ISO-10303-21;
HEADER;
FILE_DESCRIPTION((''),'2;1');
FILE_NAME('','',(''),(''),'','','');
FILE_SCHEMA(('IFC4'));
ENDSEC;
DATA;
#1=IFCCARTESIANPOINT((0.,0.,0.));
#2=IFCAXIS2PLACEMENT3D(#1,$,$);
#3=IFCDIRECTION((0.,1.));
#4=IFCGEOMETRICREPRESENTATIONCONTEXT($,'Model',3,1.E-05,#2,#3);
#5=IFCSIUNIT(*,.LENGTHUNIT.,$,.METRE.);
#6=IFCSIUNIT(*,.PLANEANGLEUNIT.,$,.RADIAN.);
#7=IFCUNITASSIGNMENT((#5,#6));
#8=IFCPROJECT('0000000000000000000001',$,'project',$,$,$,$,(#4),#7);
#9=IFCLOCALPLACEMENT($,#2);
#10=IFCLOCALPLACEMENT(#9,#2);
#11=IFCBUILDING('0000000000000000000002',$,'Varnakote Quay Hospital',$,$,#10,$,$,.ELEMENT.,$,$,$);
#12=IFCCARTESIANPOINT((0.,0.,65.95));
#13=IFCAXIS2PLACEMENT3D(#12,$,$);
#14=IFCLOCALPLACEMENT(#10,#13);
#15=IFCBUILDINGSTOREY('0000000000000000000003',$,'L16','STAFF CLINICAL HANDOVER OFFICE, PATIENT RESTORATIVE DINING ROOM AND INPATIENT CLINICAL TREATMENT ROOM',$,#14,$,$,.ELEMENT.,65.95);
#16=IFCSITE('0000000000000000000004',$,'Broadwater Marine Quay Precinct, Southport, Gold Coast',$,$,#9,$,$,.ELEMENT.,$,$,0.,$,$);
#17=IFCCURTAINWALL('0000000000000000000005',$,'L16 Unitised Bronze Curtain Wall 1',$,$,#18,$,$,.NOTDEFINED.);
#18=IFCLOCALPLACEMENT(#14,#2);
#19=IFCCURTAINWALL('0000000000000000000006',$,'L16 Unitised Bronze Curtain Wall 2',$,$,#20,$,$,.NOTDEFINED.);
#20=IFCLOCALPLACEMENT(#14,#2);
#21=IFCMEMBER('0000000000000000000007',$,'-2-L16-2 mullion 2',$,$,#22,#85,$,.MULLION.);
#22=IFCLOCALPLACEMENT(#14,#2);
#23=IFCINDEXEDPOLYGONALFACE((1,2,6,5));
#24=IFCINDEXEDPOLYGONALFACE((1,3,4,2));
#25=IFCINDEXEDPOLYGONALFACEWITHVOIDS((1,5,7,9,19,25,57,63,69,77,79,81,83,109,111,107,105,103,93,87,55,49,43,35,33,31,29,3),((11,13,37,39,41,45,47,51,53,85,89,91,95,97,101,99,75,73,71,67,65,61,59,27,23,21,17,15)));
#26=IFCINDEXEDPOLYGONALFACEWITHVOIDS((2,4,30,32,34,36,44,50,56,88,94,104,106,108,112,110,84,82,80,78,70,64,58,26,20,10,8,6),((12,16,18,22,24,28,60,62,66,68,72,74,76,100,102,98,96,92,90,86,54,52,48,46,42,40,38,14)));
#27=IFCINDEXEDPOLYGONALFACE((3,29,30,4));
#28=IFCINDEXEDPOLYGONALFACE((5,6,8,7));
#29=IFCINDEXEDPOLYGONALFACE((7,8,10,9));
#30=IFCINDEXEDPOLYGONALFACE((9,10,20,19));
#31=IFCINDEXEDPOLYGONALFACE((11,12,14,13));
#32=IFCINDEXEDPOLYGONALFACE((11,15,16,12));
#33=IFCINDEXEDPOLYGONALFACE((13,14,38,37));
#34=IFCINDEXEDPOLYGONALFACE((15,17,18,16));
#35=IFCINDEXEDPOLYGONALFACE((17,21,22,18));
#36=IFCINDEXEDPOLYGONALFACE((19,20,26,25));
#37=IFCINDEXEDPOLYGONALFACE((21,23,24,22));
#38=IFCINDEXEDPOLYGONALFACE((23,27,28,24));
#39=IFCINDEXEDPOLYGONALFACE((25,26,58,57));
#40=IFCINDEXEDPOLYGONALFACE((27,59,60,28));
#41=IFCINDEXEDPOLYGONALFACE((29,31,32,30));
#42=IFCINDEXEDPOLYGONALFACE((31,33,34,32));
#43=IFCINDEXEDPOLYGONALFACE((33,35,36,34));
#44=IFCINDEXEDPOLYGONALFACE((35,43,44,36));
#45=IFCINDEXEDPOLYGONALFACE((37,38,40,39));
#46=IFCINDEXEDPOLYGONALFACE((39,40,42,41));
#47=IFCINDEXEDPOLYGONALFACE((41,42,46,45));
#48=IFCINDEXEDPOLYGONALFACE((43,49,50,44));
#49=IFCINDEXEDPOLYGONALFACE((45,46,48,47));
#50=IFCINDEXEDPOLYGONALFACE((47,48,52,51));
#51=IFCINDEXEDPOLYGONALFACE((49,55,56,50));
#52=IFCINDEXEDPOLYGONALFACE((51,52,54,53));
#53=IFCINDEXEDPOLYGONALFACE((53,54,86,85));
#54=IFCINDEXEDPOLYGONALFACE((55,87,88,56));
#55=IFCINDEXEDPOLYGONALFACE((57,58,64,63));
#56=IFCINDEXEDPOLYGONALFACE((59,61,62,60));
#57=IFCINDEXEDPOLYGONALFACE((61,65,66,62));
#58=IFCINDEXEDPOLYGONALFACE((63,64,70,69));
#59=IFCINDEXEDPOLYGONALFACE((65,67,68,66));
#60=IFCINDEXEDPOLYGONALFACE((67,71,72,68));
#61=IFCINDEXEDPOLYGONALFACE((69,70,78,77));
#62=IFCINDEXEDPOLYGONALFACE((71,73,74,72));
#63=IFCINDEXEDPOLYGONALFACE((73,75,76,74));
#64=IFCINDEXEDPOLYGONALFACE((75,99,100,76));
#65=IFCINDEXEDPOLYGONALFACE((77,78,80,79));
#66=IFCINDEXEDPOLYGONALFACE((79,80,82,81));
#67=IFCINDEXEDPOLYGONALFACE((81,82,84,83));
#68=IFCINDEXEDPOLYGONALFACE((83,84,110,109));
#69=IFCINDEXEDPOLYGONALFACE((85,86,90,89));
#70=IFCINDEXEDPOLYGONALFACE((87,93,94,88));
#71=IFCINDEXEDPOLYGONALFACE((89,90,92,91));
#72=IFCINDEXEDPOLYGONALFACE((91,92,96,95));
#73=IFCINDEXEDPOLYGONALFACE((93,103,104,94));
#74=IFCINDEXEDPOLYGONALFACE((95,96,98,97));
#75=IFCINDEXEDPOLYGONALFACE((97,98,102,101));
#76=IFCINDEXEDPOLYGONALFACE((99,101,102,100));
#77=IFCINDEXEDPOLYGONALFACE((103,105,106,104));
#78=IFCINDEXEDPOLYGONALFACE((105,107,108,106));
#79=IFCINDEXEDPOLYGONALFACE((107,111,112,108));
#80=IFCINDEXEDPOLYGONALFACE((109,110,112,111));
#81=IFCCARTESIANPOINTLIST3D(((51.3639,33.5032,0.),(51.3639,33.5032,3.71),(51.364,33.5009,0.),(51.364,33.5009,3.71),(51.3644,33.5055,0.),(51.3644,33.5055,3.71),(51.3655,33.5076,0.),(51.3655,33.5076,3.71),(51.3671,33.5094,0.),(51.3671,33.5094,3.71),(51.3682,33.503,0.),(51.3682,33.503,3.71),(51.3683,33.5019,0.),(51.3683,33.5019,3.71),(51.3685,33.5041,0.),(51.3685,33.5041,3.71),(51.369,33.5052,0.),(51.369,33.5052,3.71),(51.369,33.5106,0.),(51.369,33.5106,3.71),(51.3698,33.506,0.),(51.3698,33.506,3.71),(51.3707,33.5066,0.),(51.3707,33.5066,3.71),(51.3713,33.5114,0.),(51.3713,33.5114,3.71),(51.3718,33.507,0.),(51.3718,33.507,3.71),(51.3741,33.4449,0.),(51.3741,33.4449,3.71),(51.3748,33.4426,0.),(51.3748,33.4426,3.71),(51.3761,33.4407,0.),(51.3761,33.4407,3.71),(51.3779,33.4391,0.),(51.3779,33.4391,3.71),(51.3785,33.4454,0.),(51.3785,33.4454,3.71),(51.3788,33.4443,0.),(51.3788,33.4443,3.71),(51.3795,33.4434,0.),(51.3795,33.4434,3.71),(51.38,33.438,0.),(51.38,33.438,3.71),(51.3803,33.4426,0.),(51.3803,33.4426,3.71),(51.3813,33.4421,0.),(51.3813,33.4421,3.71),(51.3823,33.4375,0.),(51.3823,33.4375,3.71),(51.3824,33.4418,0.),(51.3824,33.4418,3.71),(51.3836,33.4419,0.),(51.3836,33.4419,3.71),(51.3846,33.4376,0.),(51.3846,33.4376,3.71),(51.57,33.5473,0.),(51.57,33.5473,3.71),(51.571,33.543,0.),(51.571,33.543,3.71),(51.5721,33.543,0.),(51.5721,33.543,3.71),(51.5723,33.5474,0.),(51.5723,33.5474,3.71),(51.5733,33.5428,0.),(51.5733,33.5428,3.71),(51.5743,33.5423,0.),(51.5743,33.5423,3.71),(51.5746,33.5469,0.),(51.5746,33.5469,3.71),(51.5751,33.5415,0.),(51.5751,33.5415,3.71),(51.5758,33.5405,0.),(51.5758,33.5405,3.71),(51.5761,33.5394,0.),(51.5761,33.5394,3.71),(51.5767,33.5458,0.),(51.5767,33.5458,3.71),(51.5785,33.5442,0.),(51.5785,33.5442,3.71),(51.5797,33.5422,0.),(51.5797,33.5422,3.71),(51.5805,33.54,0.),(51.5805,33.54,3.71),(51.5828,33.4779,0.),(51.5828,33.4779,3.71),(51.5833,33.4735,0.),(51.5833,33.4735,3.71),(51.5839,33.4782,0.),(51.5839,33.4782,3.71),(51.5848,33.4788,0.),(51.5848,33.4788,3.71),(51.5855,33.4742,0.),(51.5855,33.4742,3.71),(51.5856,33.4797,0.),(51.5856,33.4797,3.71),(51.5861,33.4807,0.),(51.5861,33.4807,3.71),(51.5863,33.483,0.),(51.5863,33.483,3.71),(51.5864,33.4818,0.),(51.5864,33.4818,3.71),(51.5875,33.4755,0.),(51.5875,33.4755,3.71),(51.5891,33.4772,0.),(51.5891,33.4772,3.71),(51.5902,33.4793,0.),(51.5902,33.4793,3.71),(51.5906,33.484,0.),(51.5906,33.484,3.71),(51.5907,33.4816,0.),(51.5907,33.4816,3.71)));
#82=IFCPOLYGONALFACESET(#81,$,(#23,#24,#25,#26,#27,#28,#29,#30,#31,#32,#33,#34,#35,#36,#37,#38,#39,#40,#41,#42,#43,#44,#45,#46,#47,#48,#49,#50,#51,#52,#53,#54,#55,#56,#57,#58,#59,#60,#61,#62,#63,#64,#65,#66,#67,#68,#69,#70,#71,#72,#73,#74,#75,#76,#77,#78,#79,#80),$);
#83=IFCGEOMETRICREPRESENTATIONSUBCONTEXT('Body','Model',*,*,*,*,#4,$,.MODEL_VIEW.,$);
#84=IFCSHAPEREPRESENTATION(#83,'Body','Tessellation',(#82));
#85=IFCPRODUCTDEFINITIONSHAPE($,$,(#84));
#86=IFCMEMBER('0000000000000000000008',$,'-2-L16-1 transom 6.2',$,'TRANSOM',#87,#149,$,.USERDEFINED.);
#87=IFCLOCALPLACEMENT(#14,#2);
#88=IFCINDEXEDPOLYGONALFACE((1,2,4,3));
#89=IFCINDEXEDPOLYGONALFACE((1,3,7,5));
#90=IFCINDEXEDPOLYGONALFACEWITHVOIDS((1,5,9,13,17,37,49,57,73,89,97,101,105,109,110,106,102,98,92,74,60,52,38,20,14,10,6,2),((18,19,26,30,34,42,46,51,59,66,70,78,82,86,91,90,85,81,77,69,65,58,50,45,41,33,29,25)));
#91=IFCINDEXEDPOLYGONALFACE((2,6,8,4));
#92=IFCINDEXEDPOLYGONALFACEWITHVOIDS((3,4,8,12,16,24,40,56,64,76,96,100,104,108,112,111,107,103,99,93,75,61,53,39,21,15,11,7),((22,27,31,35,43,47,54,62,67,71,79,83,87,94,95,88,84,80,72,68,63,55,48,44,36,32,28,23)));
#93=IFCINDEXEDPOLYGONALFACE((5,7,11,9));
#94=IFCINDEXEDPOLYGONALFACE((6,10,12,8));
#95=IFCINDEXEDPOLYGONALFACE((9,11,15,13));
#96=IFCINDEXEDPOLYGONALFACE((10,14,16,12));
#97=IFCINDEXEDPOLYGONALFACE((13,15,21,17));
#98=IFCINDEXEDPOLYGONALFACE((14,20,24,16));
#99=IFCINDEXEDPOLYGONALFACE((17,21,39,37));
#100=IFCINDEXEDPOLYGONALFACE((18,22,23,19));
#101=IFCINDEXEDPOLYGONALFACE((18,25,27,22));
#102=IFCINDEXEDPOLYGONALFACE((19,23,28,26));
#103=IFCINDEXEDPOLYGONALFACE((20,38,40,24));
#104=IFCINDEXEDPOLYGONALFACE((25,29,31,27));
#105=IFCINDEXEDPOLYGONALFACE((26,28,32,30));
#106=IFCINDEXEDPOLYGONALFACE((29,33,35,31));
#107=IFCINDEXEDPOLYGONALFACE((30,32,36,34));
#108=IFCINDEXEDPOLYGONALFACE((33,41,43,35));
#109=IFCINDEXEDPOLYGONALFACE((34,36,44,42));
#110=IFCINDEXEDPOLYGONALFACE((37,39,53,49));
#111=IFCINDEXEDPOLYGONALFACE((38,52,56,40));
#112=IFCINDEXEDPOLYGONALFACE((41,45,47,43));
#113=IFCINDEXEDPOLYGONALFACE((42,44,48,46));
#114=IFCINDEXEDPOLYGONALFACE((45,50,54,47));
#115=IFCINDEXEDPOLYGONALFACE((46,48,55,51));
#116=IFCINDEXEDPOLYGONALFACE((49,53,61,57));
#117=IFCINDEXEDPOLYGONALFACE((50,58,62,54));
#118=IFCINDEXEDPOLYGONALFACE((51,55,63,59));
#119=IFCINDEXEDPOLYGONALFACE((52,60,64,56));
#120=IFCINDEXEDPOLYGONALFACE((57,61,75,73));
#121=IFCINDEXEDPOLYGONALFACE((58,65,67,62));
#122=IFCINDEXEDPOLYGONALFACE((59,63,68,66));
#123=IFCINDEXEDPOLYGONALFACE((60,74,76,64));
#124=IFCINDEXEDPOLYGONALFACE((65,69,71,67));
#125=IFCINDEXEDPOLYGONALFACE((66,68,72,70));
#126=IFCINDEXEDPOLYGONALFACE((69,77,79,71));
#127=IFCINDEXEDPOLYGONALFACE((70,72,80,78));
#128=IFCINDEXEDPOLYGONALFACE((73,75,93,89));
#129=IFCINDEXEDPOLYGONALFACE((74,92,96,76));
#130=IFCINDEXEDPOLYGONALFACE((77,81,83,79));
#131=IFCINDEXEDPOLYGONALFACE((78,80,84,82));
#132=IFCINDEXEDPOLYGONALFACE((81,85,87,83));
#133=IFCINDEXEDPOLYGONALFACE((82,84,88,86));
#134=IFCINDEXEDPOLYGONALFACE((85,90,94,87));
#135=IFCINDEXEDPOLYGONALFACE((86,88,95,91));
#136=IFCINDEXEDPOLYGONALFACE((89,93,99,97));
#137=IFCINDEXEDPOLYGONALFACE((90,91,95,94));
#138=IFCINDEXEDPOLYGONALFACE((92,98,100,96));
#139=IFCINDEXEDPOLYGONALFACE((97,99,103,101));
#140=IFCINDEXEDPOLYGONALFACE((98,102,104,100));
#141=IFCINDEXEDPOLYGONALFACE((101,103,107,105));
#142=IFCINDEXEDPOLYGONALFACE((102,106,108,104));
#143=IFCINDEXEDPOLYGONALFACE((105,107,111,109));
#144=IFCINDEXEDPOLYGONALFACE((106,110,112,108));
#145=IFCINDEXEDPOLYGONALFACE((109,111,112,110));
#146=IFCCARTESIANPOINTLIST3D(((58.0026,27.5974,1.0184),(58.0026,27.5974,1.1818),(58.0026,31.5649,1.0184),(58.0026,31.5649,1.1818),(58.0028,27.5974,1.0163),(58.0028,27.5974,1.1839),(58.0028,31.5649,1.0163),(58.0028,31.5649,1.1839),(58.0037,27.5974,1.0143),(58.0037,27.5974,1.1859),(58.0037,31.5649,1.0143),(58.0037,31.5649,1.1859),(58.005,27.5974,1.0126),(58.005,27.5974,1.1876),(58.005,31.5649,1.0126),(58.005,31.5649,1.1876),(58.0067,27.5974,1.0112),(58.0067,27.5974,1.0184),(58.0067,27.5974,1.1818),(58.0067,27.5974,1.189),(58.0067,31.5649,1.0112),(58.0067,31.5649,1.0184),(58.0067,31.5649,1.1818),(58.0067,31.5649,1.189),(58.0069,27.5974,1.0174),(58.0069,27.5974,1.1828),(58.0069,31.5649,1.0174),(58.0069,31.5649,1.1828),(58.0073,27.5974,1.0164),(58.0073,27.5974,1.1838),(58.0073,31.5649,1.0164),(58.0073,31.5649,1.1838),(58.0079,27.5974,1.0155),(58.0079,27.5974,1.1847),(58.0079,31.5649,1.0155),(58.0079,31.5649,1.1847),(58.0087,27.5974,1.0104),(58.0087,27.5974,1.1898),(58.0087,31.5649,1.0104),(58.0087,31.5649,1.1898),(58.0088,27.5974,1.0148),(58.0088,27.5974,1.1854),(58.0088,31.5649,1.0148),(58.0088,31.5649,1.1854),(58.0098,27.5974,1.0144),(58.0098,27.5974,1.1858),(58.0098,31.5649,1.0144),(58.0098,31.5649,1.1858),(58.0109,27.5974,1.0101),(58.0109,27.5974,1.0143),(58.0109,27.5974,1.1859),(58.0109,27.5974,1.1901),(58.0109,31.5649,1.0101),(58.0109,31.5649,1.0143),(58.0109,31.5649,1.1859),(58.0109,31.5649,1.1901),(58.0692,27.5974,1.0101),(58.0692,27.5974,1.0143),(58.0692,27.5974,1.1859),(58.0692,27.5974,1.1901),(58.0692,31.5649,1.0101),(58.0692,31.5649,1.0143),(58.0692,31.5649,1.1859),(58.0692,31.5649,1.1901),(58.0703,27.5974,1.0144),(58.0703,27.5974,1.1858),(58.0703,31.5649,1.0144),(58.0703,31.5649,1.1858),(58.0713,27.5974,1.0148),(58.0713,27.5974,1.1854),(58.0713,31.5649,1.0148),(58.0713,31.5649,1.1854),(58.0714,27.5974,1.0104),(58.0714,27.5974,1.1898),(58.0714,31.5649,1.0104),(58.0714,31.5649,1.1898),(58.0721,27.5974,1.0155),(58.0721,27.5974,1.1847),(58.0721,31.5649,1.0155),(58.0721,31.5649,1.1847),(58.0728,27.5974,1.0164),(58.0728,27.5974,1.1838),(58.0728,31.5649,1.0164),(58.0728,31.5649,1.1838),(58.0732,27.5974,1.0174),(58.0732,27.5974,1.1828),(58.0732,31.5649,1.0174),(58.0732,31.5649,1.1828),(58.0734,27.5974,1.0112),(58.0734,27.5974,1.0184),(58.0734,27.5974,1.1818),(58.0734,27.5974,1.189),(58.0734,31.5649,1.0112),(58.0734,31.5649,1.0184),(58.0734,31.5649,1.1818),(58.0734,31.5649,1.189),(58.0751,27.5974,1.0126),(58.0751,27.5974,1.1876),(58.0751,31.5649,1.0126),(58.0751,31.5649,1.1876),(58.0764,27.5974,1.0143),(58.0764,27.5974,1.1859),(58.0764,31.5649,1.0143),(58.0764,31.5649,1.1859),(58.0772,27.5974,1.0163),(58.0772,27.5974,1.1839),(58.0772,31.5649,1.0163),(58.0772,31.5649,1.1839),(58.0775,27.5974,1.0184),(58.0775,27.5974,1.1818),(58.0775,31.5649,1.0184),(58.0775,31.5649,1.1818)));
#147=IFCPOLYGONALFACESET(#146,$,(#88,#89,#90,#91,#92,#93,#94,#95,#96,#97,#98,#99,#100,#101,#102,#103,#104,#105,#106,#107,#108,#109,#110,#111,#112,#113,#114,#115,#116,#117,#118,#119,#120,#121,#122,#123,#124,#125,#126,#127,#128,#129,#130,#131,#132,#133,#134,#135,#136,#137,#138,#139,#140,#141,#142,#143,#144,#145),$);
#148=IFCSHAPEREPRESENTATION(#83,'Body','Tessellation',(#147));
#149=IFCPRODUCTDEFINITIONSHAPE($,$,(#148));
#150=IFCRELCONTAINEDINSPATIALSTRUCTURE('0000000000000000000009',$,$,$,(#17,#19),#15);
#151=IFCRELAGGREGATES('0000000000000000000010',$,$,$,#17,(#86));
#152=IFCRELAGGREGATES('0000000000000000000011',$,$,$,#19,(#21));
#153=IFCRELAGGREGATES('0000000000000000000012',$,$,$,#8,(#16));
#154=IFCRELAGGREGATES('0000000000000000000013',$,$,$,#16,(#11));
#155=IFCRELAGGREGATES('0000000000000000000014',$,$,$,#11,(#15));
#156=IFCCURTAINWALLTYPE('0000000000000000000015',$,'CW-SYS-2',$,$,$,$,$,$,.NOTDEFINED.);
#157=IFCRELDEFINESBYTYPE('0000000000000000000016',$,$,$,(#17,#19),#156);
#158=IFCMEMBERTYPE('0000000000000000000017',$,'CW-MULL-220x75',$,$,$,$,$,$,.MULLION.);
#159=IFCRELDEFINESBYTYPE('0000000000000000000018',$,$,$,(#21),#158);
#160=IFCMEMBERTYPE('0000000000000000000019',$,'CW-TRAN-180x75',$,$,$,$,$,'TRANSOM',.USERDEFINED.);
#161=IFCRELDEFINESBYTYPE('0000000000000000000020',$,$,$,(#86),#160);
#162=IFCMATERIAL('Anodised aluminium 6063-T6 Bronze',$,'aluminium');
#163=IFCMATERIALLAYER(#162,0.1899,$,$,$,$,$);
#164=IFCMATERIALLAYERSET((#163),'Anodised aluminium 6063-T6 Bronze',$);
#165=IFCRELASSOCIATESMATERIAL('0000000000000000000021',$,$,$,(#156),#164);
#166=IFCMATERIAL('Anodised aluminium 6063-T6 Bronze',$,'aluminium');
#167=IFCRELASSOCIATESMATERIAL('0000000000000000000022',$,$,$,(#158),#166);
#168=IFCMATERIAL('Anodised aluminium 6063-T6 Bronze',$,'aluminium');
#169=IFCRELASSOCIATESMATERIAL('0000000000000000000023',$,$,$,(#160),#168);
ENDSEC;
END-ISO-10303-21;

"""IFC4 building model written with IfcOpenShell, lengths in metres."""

from ifc_helpers import new_model, si_unit, direction, frame, origin, origin_2d, place, context, subcontext, project, spatial, hollow_rectangle, extrude, material, layer, layer_set, material_profile, profile_set, type_object, element, aggregate, save


model = new_model("IFC4")

# Units and contexts
model_context = context("Model", 3, precision=1e-05, world=origin(), true_north=direction((0.0, 1.0)))
body_context = subcontext(model_context, "Body", "Model", "MODEL_VIEW")
ifc_project = project(units=[si_unit("LENGTHUNIT", "METRE"), si_unit("PLANEANGLEUNIT", "RADIAN")], contexts=[model_context])

# Site, building, storey
site_placement = place(None, origin())
site = spatial("IfcSite", under=ifc_project, at=site_placement, Name="Broadwater Marine Quay Precinct, Southport, Gold Coast", CompositionType="ELEMENT", RefElevation=0.0)
building_placement = place(site_placement, origin())
building = spatial("IfcBuilding", under=site, at=building_placement, Name="Varnakote Quay Hospital", CompositionType="ELEMENT")
storey_placement = place(building_placement, frame((0.0, 0.0, 65.95)))
storey = spatial("IfcBuildingStorey", under=building, at=storey_placement, Name="L16", Description="STAFF CLINICAL HANDOVER OFFICE, PATIENT RESTORATIVE DINING ROOM AND INPATIENT CLINICAL TREATMENT ROOM", CompositionType="ELEMENT", Elevation=65.95)

# Curtain wall
ifc_material_1 = material(Name="Anodised aluminium 6063-T6 Bronze", Category="aluminium")
ifc_layer_1 = layer(ifc_material_1, 0.1899)
ifc_layer_set_1 = layer_set([ifc_layer_1], Name="Anodised aluminium 6063-T6 Bronze")
curtain_wall_type = type_object("IfcCurtainWallType", Name="CW-SYS-2", PredefinedType="NOTDEFINED", material=ifc_layer_set_1)
curtain_wall_1_placement = place(storey_placement, origin())
curtain_wall_1 = element("IfcCurtainWall", 1, at=curtain_wall_1_placement, inside=storey, type_object=curtain_wall_type, Name="L16 Unitised Bronze Curtain Wall 1", PredefinedType="NOTDEFINED")
ifc_material_2 = material(Name="Anodised aluminium 6063-T6 Bronze", Category="aluminium")
ifc_material_profile_1 = material_profile(ifc_material_2, hollow_rectangle(XDim=0.075, YDim=0.22, WallThickness=0.0044, InnerFilletRadius=0.0044, OuterFilletRadius=0.009, at=origin_2d()), Name="CW-MULL-220x75")
ifc_profile_set_1 = profile_set([ifc_material_profile_1], Name="Anodised aluminium 6063-T6 Bronze")
member_type_1 = type_object("IfcMemberType", Name="CW-MULL-220x75", PredefinedType="MULLION", material=ifc_profile_set_1)

# Curtain wall, member
curtain_wall_2_placement = place(storey_placement, origin())
curtain_wall_2 = element("IfcCurtainWall", 2, at=curtain_wall_2_placement, inside=storey, type_object=curtain_wall_type, Name="L16 Unitised Bronze Curtain Wall 2", PredefinedType="NOTDEFINED")
member_1_placement = place(storey_placement, frame((51.4773, 33.4924, 0.0), z_axis=(0.0, 0.0, 1.0), x_axis=(0.177846, -0.984058, 0.0)))
member_1 = element("IfcMember", 3, at=member_1_placement, type_object=member_type_1, Name="-2-L16-2 mullion 2", PredefinedType="MULLION", context=body_context, shape_type="SweptSolid", body=[
    extrude(hollow_rectangle(XDim=0.075, YDim=0.22, WallThickness=0.0044, InnerFilletRadius=0.0044, OuterFilletRadius=0.009, at=origin_2d()), origin(), (0.0, 0.0, 1.0), 3.71),
])

# Member
ifc_material_3 = material(Name="Anodised aluminium 6063-T6 Bronze", Category="aluminium")
ifc_material_profile_2 = material_profile(ifc_material_3, hollow_rectangle(XDim=0.075, YDim=0.1799, WallThickness=0.0042, InnerFilletRadius=0.0042, OuterFilletRadius=0.0083, at=origin_2d()), Name="CW-TRAN-180x75")
ifc_profile_set_2 = profile_set([ifc_material_profile_2], Name="Anodised aluminium 6063-T6 Bronze")
member_type_2 = type_object("IfcMemberType", Name="CW-TRAN-180x75", ElementType="TRANSOM", PredefinedType="USERDEFINED", material=ifc_profile_set_2)
member_2_placement = place(storey_placement, frame((58.04, 27.5974, 1.1001), z_axis=(0.0, 1.0, 0.0), x_axis=(-1.0, 0.0, 0.0)))
member_2 = element("IfcMember", 4, at=member_2_placement, type_object=member_type_2, Name="-2-L16-1 transom 6.2", ObjectType="TRANSOM", PredefinedType="USERDEFINED", context=body_context, shape_type="SweptSolid", body=[
    extrude(hollow_rectangle(XDim=0.075, YDim=0.1799, WallThickness=0.0042, InnerFilletRadius=0.0042, OuterFilletRadius=0.0083, at=origin_2d()), origin(), (0.0, 0.0, 1.0), 3.9675),
])

aggregate(curtain_wall_1, [member_2])
aggregate(curtain_wall_2, [member_1])

save(model, "model.ifc")
